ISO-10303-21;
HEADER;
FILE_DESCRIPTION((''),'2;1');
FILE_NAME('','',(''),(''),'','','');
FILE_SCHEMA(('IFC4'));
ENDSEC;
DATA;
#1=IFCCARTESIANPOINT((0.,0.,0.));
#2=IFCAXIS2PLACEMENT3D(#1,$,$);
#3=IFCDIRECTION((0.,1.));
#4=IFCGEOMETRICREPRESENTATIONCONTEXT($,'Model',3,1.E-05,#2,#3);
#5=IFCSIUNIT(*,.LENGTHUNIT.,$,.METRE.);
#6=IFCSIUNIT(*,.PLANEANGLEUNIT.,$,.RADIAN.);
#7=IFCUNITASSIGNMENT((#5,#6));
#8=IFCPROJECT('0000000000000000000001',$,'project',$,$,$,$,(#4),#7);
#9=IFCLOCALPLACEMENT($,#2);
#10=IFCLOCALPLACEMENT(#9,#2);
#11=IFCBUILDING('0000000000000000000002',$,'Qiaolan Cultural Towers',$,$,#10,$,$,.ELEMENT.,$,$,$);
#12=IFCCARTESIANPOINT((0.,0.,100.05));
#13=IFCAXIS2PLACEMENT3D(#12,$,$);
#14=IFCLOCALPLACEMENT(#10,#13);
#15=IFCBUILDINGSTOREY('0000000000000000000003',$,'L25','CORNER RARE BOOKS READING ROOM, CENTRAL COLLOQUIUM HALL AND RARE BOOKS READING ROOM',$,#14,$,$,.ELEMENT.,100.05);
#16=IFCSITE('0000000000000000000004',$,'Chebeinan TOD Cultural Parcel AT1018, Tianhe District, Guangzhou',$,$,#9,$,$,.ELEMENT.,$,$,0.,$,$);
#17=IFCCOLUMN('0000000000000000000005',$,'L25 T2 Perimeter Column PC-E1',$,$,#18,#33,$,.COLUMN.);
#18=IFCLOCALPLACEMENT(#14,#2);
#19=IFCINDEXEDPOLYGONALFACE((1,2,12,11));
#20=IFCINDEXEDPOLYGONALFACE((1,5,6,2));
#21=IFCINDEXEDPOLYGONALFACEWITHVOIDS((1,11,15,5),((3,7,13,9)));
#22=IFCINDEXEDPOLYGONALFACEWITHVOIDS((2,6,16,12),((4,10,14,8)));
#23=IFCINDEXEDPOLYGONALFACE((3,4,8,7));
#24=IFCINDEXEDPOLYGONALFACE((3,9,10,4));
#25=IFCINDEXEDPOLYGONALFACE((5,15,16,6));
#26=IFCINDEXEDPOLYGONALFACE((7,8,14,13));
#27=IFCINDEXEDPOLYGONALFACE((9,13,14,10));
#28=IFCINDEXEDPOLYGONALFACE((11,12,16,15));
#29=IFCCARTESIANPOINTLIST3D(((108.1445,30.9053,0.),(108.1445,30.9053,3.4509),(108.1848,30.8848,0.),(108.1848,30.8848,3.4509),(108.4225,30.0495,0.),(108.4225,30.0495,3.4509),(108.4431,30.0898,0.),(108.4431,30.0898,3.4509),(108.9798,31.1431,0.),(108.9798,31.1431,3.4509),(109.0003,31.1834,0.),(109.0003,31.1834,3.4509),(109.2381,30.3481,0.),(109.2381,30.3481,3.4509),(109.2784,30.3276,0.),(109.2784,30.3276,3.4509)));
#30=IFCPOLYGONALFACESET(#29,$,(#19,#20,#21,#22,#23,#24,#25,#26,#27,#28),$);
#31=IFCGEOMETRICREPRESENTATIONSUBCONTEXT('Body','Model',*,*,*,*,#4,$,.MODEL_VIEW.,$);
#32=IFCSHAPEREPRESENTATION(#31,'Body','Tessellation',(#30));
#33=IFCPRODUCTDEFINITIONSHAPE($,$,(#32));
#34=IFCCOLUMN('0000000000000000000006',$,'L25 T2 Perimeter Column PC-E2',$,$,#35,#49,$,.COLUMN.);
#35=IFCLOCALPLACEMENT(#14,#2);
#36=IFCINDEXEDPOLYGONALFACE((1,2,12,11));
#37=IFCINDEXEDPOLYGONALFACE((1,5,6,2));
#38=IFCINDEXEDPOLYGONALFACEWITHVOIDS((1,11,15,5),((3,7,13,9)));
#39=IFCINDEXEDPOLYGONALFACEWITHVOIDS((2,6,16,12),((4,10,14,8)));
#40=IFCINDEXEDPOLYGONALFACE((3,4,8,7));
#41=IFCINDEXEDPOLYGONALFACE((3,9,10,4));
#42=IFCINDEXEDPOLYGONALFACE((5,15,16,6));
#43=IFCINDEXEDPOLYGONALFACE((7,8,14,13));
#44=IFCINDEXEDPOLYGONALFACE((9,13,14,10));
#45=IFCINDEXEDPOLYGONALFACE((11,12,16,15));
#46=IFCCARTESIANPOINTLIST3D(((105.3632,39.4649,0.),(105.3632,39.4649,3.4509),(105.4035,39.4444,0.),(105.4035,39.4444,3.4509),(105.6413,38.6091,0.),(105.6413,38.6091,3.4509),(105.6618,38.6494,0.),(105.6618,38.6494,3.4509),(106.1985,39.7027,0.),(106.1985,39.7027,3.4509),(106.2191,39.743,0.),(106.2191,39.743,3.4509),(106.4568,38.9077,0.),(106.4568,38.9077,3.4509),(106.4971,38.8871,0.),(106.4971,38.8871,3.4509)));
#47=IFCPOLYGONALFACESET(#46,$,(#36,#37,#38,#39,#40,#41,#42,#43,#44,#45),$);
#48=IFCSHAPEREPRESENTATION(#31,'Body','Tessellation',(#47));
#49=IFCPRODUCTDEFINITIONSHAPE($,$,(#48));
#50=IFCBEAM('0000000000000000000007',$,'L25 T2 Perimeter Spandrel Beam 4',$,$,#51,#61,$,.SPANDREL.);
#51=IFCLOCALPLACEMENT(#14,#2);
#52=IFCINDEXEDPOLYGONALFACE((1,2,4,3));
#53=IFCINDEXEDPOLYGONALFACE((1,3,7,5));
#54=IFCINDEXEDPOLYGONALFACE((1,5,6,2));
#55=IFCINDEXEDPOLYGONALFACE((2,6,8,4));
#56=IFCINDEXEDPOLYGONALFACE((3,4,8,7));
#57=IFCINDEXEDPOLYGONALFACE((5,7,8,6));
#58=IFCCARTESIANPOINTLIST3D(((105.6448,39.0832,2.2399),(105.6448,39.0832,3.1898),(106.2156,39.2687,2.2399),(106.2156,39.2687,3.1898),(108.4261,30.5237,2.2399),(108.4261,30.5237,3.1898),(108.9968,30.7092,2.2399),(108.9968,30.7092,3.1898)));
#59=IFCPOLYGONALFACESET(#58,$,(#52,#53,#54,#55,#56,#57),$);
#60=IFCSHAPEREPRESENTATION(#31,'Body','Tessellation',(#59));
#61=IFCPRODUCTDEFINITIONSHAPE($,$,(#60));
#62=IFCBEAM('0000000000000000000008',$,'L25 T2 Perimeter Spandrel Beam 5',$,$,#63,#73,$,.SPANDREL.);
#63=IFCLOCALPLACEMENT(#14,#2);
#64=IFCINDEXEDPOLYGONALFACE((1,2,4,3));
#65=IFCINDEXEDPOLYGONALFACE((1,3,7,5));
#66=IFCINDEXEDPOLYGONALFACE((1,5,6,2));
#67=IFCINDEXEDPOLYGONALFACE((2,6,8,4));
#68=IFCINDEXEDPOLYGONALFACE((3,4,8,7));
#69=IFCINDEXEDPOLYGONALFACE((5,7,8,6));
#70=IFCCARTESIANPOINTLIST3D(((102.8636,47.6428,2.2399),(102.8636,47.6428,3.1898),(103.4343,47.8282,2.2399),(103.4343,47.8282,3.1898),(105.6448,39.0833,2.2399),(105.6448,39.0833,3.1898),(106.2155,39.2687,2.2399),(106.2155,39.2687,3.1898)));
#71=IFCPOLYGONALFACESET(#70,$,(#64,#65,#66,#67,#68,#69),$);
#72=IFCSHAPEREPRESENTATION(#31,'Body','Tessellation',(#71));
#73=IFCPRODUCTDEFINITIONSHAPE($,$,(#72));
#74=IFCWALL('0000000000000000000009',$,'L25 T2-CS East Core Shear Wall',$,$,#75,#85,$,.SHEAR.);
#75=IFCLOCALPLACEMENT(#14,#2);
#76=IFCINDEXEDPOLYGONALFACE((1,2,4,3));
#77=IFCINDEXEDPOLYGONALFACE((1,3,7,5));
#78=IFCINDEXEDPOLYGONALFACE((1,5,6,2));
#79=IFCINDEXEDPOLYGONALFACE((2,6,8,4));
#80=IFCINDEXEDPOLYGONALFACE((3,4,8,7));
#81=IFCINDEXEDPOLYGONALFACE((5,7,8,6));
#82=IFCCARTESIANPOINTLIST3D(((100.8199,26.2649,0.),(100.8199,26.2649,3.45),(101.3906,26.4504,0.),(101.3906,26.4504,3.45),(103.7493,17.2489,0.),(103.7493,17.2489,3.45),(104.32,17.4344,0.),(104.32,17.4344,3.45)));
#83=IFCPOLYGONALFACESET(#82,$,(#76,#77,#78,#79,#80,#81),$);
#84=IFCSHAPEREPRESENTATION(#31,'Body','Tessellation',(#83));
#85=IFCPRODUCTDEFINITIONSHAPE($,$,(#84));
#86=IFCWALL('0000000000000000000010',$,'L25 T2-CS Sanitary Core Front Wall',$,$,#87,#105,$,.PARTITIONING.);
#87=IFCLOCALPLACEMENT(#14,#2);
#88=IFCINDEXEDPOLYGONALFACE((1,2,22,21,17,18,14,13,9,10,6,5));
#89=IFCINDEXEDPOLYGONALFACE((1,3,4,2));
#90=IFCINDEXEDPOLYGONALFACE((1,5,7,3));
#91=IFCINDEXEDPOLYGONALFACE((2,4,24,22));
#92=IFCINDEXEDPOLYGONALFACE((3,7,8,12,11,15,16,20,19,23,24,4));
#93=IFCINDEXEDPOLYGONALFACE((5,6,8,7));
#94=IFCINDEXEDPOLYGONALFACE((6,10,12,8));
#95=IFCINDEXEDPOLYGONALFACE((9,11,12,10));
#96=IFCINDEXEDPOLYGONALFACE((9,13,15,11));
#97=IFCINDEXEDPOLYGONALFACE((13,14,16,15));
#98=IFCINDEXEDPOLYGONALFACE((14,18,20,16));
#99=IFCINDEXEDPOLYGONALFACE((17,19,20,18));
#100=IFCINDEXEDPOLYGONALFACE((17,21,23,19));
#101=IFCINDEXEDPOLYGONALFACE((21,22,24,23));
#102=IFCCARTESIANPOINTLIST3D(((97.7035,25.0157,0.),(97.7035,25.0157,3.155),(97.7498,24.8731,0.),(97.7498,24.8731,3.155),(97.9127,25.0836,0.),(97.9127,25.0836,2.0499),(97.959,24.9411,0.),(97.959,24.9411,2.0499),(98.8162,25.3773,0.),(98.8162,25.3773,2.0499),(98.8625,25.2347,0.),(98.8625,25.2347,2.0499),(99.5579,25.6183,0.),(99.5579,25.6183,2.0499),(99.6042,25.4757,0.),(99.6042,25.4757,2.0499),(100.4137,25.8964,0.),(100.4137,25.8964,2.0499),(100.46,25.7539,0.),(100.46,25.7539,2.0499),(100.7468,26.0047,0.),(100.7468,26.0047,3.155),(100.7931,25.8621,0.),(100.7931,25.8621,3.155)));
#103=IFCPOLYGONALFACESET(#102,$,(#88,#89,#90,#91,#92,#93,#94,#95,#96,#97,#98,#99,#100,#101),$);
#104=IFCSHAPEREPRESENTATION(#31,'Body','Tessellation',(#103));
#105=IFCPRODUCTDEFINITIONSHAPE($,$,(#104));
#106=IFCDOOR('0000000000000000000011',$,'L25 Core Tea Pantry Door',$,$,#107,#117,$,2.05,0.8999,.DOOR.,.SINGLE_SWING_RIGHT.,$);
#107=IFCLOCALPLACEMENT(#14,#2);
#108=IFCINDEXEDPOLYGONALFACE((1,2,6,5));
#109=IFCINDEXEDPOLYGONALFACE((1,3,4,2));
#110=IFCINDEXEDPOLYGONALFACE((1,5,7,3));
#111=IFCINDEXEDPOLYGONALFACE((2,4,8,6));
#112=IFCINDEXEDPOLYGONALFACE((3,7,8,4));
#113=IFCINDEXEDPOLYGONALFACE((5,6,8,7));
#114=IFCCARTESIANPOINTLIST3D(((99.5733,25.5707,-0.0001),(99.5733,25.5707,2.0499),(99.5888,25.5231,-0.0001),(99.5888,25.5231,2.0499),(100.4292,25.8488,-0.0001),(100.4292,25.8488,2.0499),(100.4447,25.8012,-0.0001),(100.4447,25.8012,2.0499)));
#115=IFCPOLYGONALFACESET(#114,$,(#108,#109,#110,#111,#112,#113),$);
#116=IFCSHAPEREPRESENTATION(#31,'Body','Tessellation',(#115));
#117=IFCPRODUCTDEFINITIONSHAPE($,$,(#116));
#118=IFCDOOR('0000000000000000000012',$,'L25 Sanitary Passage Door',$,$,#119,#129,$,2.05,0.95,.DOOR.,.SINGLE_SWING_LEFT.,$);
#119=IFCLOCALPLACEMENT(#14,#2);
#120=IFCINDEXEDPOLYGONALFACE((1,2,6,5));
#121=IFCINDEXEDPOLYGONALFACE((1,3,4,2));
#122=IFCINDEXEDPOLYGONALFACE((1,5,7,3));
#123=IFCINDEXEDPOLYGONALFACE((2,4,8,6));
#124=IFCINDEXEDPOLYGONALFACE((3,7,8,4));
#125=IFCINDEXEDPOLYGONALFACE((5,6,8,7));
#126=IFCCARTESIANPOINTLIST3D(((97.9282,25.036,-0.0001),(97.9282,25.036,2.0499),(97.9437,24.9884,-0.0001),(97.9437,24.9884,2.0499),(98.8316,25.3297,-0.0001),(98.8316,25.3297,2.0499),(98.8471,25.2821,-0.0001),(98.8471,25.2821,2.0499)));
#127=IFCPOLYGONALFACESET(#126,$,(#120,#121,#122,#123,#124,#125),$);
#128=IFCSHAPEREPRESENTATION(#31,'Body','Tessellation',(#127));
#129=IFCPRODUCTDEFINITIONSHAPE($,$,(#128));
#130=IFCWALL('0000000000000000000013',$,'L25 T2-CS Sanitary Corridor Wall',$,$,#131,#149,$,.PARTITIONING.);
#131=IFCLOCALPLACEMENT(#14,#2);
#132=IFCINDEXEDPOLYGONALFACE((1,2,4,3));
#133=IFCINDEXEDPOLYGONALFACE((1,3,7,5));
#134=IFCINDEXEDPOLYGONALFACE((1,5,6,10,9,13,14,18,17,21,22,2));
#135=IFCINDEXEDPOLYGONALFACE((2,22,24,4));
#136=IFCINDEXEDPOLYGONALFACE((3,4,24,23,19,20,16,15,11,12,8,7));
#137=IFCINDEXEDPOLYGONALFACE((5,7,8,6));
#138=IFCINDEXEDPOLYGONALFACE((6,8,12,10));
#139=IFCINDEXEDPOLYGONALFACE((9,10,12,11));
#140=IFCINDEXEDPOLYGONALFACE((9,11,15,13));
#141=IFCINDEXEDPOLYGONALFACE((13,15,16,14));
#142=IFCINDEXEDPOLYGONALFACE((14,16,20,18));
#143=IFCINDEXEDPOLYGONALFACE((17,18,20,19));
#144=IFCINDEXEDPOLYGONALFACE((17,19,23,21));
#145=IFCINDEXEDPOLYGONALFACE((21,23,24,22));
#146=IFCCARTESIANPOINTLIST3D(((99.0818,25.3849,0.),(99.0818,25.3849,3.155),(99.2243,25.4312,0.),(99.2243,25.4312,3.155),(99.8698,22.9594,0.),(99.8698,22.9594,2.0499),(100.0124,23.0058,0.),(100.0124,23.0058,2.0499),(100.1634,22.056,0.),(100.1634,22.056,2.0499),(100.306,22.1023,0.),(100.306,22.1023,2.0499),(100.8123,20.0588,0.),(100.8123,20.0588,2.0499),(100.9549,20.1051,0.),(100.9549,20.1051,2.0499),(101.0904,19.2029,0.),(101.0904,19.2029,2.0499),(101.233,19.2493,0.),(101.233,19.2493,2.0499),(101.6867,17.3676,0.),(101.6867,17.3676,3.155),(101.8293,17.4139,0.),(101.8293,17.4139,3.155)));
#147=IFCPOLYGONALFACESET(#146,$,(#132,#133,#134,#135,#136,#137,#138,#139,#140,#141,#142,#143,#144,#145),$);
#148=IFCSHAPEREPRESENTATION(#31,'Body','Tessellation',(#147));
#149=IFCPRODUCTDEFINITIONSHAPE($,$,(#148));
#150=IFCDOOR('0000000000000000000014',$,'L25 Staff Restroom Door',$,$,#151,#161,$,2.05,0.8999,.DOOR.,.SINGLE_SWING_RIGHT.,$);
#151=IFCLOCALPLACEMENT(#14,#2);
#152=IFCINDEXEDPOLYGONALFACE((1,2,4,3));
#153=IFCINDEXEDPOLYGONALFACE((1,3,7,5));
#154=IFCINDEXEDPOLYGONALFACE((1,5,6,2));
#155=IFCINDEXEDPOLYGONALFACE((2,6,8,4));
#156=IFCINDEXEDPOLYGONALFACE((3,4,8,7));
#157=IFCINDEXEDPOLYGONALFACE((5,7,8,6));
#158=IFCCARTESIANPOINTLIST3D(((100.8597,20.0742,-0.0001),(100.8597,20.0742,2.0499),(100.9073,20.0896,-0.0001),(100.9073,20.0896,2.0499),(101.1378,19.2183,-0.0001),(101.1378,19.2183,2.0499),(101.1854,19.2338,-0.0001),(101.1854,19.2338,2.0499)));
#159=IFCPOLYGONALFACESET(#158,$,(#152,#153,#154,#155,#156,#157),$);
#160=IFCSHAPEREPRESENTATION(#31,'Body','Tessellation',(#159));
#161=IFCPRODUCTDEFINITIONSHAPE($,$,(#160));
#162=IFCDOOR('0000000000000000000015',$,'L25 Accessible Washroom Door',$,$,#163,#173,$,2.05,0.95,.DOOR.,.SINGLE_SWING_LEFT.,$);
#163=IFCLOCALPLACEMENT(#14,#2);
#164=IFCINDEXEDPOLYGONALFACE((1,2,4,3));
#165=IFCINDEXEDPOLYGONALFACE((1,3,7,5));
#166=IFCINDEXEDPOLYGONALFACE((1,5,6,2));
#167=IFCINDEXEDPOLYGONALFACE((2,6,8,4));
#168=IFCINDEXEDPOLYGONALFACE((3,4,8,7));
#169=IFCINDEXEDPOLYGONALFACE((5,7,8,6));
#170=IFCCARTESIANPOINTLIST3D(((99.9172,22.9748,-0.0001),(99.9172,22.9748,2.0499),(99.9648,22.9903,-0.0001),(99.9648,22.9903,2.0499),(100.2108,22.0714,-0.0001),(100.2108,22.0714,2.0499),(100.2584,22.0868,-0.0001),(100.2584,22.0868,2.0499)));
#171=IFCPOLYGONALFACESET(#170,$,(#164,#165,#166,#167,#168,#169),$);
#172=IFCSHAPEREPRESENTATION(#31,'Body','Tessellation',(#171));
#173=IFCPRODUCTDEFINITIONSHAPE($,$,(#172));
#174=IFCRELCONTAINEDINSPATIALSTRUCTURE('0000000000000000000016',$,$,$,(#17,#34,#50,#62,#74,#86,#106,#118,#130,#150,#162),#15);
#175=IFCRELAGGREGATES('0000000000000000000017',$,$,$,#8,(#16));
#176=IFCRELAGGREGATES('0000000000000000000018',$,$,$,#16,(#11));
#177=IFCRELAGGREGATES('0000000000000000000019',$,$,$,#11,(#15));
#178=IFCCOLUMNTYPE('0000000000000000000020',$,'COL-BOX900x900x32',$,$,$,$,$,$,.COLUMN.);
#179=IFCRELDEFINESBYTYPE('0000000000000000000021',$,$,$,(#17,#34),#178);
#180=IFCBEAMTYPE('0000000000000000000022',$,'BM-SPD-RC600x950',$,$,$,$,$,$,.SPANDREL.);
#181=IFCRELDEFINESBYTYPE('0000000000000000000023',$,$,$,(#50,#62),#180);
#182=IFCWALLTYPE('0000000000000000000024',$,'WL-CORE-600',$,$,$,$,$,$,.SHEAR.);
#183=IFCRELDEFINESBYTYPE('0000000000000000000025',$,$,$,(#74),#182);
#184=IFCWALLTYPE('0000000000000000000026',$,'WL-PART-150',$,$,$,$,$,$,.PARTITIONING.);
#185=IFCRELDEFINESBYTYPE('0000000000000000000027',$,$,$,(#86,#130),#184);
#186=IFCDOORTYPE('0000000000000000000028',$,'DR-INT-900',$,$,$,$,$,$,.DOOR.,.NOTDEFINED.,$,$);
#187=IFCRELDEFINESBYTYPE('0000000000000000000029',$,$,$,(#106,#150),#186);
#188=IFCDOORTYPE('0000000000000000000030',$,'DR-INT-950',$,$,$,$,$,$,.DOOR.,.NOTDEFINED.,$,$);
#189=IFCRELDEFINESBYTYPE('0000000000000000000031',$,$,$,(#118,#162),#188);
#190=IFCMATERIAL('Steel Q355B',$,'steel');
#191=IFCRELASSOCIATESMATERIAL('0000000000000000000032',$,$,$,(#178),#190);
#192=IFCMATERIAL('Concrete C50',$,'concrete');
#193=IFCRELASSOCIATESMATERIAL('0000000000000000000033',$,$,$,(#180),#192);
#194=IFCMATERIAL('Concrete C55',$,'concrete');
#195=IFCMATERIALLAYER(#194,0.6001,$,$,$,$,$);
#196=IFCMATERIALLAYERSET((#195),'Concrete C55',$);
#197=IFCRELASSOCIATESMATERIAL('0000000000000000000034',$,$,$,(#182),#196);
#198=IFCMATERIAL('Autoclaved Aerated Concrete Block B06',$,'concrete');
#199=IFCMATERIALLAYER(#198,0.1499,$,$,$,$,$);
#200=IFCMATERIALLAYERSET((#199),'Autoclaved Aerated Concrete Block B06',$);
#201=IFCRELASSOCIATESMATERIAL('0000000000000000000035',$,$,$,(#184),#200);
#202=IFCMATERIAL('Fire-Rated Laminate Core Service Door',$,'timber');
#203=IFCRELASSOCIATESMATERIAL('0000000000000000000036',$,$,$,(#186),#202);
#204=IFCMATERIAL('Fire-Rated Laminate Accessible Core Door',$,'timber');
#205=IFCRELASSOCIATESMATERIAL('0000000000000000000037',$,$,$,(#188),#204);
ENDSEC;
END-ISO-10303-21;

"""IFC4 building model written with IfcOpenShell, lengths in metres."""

from ifc_helpers import new_model, si_unit, direction, frame, frame_2d, origin, origin_2d, place, context, subcontext, project, spatial, rectangle, hollow_rectangle, extrude, material, layer, layer_set, material_profile, profile_set, type_object, element, fill, save


model = new_model("IFC4")

# Units and contexts
model_context = context("Model", 3, precision=1e-05, world=origin(), true_north=direction((0.0, 1.0)))
body_context = subcontext(model_context, "Body", "Model", "MODEL_VIEW")
ifc_project = project(units=[si_unit("LENGTHUNIT", "METRE"), si_unit("PLANEANGLEUNIT", "RADIAN")], contexts=[model_context])

# Site, building, storey
site_placement = place(None, origin())
site = spatial("IfcSite", under=ifc_project, at=site_placement, Name="Chebeinan TOD Cultural Parcel AT1018, Tianhe District, Guangzhou", CompositionType="ELEMENT", RefElevation=0.0)
building_placement = place(site_placement, origin())
building = spatial("IfcBuilding", under=site, at=building_placement, Name="Qiaolan Cultural Towers", CompositionType="ELEMENT")
storey_placement = place(building_placement, frame((0.0, 0.0, 100.05)))
storey = spatial("IfcBuildingStorey", under=building, at=storey_placement, Name="L25", Description="CORNER RARE BOOKS READING ROOM, CENTRAL COLLOQUIUM HALL AND RARE BOOKS READING ROOM", CompositionType="ELEMENT", Elevation=100.05)

# Columns
ifc_material_1 = material(Name="Steel Q355B", Category="steel")
ifc_material_profile_1 = material_profile(ifc_material_1, hollow_rectangle(XDim=0.8999, YDim=0.8999, WallThickness=0.032, at=origin_2d()), Name="BOX900x900x32")
ifc_profile_set_1 = profile_set([ifc_material_profile_1], Name="Steel Q355B")
column_type = type_object("IfcColumnType", Name="COL-BOX900x900x32", PredefinedType="COLUMN", material=ifc_profile_set_1)
for number, where, z_axis, x_axis, name in (
    (1, (108.7114, 30.6165, 0.0), (0.0, 0.0, 1.0), (0.951057, 0.309017, 0.0), "L25 T2 Perimeter Column PC-E1"),
    (2, (105.9302, 39.176, 0.0), (0.0, 0.0, 1.0), (0.951057, 0.309017, 0.0), "L25 T2 Perimeter Column PC-E2"),
):
    element("IfcColumn", number, at=place(storey_placement, frame(where, z_axis=z_axis, x_axis=x_axis)), inside=storey, type_object=column_type, Name=name, PredefinedType="COLUMN", context=body_context, shape_type="SweptSolid", body=[
        extrude(hollow_rectangle(XDim=0.8999, YDim=0.8999, WallThickness=0.032, at=origin_2d()), origin(), (0.0, 0.0, 1.0), 3.4509),
    ])

# Beams
ifc_material_2 = material(Name="Concrete C50", Category="concrete")
ifc_material_profile_2 = material_profile(ifc_material_2, rectangle(XDim=0.6001, YDim=0.95, at=origin_2d()), Name="RC600x950")
ifc_profile_set_2 = profile_set([ifc_material_profile_2], Name="Concrete C50")
beam_type = type_object("IfcBeamType", Name="BM-SPD-RC600x950", PredefinedType="SPANDREL", material=ifc_profile_set_2)
for number, where, z_axis, x_axis, name in (
    (3, (108.7114, 30.6165, 2.7148), (-0.309025, 0.951054, 0.0), (-0.951054, -0.309025, 0.0), "L25 T2 Perimeter Spandrel Beam 4"),
    (4, (105.9302, 39.176, 2.7148), (-0.309025, 0.951054, 0.0), (-0.951054, -0.309025, 0.0), "L25 T2 Perimeter Spandrel Beam 5"),
):
    element("IfcBeam", number, at=place(storey_placement, frame(where, z_axis=z_axis, x_axis=x_axis)), inside=storey, type_object=beam_type, Name=name, PredefinedType="SPANDREL", context=body_context, shape_type="SweptSolid", body=[
        extrude(rectangle(XDim=0.6001, YDim=0.95, at=origin_2d()), origin(), (0.0, 0.0, 1.0), 9.0),
    ])

# Wall
ifc_material_3 = material(Name="Concrete C55", Category="concrete")
ifc_layer_1 = layer(ifc_material_3, 0.6001)
ifc_layer_set_1 = layer_set([ifc_layer_1], Name="Concrete C55")
wall_type_1 = type_object("IfcWallType", Name="WL-CORE-600", PredefinedType="SHEAR", material=ifc_layer_set_1)
wall_1_placement = place(storey_placement, frame((101.1052, 26.3577, 0.0), z_axis=(0.0, 0.0, 1.0), x_axis=(0.30901, -0.951059, 0.0)))
element("IfcWall", 5, at=wall_1_placement, inside=storey, type_object=wall_type_1, Name="L25 T2-CS East Core Shear Wall", PredefinedType="SHEAR", context=body_context, shape_type="SweptSolid", body=[
    extrude(rectangle(XDim=9.48, YDim=0.6001, at=frame_2d((4.74, 0.0))), origin(), (0.0, 0.0, 1.0), 3.45),
])

# Walls, openings, doors
ifc_material_4 = material(Name="Autoclaved Aerated Concrete Block B06", Category="concrete")
ifc_layer_2 = layer(ifc_material_4, 0.1499)
ifc_layer_set_2 = layer_set([ifc_layer_2], Name="Autoclaved Aerated Concrete Block B06")
wall_type_2 = type_object("IfcWallType", Name="WL-PART-150", PredefinedType="PARTITIONING", material=ifc_layer_set_2)
wall_2_placement = place(storey_placement, frame((97.7266, 24.9443, 0.0), z_axis=(0.0, 0.0, 1.0), x_axis=(0.951037, 0.309077, 0.0)))
wall_2 = element("IfcWall", 6, at=wall_2_placement, inside=storey, type_object=wall_type_2, Name="L25 T2-CS Sanitary Core Front Wall", PredefinedType="PARTITIONING", context=body_context, shape_type="SweptSolid", body=[
    extrude(rectangle(XDim=3.2, YDim=0.1499, at=frame_2d((1.6001, 0.0))), origin(), (0.0, 0.0, 1.0), 3.155),
])
opening_1_placement = place(wall_2_placement, frame((0.22, 0.0, 0.0)))
opening_1 = element("IfcOpeningElement", 7, at=opening_1_placement, cuts=wall_2, PredefinedType="OPENING", context=body_context, shape_type="SweptSolid", body=[
    extrude(rectangle(XDim=0.95, YDim=2.05, at=frame_2d((0.4751, 1.0249))), frame((0.0, 0.085, 0.0), z_axis=(0.0, -1.0, 0.0), x_axis=(1.0, 0.0, 0.0)), (0.0, 0.0, 1.0), 0.1699),
])
opening_2_placement = place(wall_2_placement, frame((1.95, 0.0, 0.0)))
opening_2 = element("IfcOpeningElement", 8, at=opening_2_placement, cuts=wall_2, PredefinedType="OPENING", context=body_context, shape_type="SweptSolid", body=[
    extrude(rectangle(XDim=0.8999, YDim=2.05, at=frame_2d((0.45, 1.0249))), frame((0.0, 0.085, 0.0), z_axis=(0.0, -1.0, 0.0), x_axis=(1.0, 0.0, 0.0)), (0.0, 0.0, 1.0), 0.1699),
])
ifc_material_5 = material(Name="Fire-Rated Laminate Core Service Door", Category="timber")
door_type_1 = type_object("IfcDoorType", Name="DR-INT-900", OperationType="NOTDEFINED", PredefinedType="DOOR", material=ifc_material_5)
door_1_placement = place(opening_2_placement, origin())
door_1 = element("IfcDoor", 9, at=door_1_placement, inside=storey, type_object=door_type_1, Name="L25 Core Tea Pantry Door", OperationType="SINGLE_SWING_RIGHT", OverallHeight=2.05, OverallWidth=0.8999, PredefinedType="DOOR", context=body_context, shape_type="SweptSolid", body=[
    extrude(rectangle(XDim=0.8999, YDim=2.05, at=frame_2d((0.45, 1.0249))), frame((0.0, 0.0249, 0.0), z_axis=(0.0, -1.0, 0.0), x_axis=(1.0, 0.0, 0.0)), (0.0, 0.0, 1.0), 0.05),
])
fill(opening_2, door_1)
ifc_material_6 = material(Name="Fire-Rated Laminate Accessible Core Door", Category="timber")
door_type_2 = type_object("IfcDoorType", Name="DR-INT-950", OperationType="NOTDEFINED", PredefinedType="DOOR", material=ifc_material_6)
door_2_placement = place(opening_1_placement, origin())
door_2 = element("IfcDoor", 10, at=door_2_placement, inside=storey, type_object=door_type_2, Name="L25 Sanitary Passage Door", OperationType="SINGLE_SWING_LEFT", OverallHeight=2.05, OverallWidth=0.95, PredefinedType="DOOR", context=body_context, shape_type="SweptSolid", body=[
    extrude(rectangle(XDim=0.95, YDim=2.05, at=frame_2d((0.4751, 1.0249))), frame((0.0, 0.0249, 0.0), z_axis=(0.0, -1.0, 0.0), x_axis=(1.0, 0.0, 0.0)), (0.0, 0.0, 1.0), 0.05),
])
fill(opening_1, door_2)
wall_3_placement = place(storey_placement, frame((99.1531, 25.408, 0.0), z_axis=(0.0, 0.0, 1.0), x_axis=(0.309016, -0.951057, 0.0)))
wall_3 = element("IfcWall", 11, at=wall_3_placement, inside=storey, type_object=wall_type_2, Name="L25 T2-CS Sanitary Corridor Wall", PredefinedType="PARTITIONING", context=body_context, shape_type="SweptSolid", body=[
    extrude(rectangle(XDim=8.4299, YDim=0.1499, at=frame_2d((4.2148, 0.0))), origin(), (0.0, 0.0, 1.0), 3.155),
])
opening_3_placement = place(wall_3_placement, frame((2.55, 0.0, 0.0)))
opening_3 = element("IfcOpeningElement", 12, at=opening_3_placement, cuts=wall_3, PredefinedType="OPENING", context=body_context, shape_type="SweptSolid", body=[
    extrude(rectangle(XDim=0.95, YDim=2.05, at=frame_2d((0.4751, 1.0249))), frame((0.0, 0.085, 0.0), z_axis=(0.0, -1.0, 0.0), x_axis=(1.0, 0.0, 0.0)), (0.0, 0.0, 1.0), 0.1699),
])
opening_4_placement = place(wall_3_placement, frame((5.6001, 0.0, 0.0)))
opening_4 = element("IfcOpeningElement", 13, at=opening_4_placement, cuts=wall_3, PredefinedType="OPENING", context=body_context, shape_type="SweptSolid", body=[
    extrude(rectangle(XDim=0.8999, YDim=2.05, at=frame_2d((0.45, 1.0249))), frame((0.0, 0.085, 0.0), z_axis=(0.0, -1.0, 0.0), x_axis=(1.0, 0.0, 0.0)), (0.0, 0.0, 1.0), 0.1699),
])
door_3_placement = place(opening_4_placement, origin())
door_3 = element("IfcDoor", 14, at=door_3_placement, inside=storey, type_object=door_type_1, Name="L25 Staff Restroom Door", OperationType="SINGLE_SWING_RIGHT", OverallHeight=2.05, OverallWidth=0.8999, PredefinedType="DOOR", context=body_context, shape_type="SweptSolid", body=[
    extrude(rectangle(XDim=0.8999, YDim=2.05, at=frame_2d((0.45, 1.0249))), frame((0.0, 0.0249, 0.0), z_axis=(0.0, -1.0, 0.0), x_axis=(1.0, 0.0, 0.0)), (0.0, 0.0, 1.0), 0.05),
])
fill(opening_4, door_3)
door_4_placement = place(opening_3_placement, origin())
door_4 = element("IfcDoor", 15, at=door_4_placement, inside=storey, type_object=door_type_2, Name="L25 Accessible Washroom Door", OperationType="SINGLE_SWING_LEFT", OverallHeight=2.05, OverallWidth=0.95, PredefinedType="DOOR", context=body_context, shape_type="SweptSolid", body=[
    extrude(rectangle(XDim=0.95, YDim=2.05, at=frame_2d((0.4751, 1.0249))), frame((0.0, 0.0249, 0.0), z_axis=(0.0, -1.0, 0.0), x_axis=(1.0, 0.0, 0.0)), (0.0, 0.0, 1.0), 0.05),
])
fill(opening_3, door_4)

save(model, "model.ifc")
